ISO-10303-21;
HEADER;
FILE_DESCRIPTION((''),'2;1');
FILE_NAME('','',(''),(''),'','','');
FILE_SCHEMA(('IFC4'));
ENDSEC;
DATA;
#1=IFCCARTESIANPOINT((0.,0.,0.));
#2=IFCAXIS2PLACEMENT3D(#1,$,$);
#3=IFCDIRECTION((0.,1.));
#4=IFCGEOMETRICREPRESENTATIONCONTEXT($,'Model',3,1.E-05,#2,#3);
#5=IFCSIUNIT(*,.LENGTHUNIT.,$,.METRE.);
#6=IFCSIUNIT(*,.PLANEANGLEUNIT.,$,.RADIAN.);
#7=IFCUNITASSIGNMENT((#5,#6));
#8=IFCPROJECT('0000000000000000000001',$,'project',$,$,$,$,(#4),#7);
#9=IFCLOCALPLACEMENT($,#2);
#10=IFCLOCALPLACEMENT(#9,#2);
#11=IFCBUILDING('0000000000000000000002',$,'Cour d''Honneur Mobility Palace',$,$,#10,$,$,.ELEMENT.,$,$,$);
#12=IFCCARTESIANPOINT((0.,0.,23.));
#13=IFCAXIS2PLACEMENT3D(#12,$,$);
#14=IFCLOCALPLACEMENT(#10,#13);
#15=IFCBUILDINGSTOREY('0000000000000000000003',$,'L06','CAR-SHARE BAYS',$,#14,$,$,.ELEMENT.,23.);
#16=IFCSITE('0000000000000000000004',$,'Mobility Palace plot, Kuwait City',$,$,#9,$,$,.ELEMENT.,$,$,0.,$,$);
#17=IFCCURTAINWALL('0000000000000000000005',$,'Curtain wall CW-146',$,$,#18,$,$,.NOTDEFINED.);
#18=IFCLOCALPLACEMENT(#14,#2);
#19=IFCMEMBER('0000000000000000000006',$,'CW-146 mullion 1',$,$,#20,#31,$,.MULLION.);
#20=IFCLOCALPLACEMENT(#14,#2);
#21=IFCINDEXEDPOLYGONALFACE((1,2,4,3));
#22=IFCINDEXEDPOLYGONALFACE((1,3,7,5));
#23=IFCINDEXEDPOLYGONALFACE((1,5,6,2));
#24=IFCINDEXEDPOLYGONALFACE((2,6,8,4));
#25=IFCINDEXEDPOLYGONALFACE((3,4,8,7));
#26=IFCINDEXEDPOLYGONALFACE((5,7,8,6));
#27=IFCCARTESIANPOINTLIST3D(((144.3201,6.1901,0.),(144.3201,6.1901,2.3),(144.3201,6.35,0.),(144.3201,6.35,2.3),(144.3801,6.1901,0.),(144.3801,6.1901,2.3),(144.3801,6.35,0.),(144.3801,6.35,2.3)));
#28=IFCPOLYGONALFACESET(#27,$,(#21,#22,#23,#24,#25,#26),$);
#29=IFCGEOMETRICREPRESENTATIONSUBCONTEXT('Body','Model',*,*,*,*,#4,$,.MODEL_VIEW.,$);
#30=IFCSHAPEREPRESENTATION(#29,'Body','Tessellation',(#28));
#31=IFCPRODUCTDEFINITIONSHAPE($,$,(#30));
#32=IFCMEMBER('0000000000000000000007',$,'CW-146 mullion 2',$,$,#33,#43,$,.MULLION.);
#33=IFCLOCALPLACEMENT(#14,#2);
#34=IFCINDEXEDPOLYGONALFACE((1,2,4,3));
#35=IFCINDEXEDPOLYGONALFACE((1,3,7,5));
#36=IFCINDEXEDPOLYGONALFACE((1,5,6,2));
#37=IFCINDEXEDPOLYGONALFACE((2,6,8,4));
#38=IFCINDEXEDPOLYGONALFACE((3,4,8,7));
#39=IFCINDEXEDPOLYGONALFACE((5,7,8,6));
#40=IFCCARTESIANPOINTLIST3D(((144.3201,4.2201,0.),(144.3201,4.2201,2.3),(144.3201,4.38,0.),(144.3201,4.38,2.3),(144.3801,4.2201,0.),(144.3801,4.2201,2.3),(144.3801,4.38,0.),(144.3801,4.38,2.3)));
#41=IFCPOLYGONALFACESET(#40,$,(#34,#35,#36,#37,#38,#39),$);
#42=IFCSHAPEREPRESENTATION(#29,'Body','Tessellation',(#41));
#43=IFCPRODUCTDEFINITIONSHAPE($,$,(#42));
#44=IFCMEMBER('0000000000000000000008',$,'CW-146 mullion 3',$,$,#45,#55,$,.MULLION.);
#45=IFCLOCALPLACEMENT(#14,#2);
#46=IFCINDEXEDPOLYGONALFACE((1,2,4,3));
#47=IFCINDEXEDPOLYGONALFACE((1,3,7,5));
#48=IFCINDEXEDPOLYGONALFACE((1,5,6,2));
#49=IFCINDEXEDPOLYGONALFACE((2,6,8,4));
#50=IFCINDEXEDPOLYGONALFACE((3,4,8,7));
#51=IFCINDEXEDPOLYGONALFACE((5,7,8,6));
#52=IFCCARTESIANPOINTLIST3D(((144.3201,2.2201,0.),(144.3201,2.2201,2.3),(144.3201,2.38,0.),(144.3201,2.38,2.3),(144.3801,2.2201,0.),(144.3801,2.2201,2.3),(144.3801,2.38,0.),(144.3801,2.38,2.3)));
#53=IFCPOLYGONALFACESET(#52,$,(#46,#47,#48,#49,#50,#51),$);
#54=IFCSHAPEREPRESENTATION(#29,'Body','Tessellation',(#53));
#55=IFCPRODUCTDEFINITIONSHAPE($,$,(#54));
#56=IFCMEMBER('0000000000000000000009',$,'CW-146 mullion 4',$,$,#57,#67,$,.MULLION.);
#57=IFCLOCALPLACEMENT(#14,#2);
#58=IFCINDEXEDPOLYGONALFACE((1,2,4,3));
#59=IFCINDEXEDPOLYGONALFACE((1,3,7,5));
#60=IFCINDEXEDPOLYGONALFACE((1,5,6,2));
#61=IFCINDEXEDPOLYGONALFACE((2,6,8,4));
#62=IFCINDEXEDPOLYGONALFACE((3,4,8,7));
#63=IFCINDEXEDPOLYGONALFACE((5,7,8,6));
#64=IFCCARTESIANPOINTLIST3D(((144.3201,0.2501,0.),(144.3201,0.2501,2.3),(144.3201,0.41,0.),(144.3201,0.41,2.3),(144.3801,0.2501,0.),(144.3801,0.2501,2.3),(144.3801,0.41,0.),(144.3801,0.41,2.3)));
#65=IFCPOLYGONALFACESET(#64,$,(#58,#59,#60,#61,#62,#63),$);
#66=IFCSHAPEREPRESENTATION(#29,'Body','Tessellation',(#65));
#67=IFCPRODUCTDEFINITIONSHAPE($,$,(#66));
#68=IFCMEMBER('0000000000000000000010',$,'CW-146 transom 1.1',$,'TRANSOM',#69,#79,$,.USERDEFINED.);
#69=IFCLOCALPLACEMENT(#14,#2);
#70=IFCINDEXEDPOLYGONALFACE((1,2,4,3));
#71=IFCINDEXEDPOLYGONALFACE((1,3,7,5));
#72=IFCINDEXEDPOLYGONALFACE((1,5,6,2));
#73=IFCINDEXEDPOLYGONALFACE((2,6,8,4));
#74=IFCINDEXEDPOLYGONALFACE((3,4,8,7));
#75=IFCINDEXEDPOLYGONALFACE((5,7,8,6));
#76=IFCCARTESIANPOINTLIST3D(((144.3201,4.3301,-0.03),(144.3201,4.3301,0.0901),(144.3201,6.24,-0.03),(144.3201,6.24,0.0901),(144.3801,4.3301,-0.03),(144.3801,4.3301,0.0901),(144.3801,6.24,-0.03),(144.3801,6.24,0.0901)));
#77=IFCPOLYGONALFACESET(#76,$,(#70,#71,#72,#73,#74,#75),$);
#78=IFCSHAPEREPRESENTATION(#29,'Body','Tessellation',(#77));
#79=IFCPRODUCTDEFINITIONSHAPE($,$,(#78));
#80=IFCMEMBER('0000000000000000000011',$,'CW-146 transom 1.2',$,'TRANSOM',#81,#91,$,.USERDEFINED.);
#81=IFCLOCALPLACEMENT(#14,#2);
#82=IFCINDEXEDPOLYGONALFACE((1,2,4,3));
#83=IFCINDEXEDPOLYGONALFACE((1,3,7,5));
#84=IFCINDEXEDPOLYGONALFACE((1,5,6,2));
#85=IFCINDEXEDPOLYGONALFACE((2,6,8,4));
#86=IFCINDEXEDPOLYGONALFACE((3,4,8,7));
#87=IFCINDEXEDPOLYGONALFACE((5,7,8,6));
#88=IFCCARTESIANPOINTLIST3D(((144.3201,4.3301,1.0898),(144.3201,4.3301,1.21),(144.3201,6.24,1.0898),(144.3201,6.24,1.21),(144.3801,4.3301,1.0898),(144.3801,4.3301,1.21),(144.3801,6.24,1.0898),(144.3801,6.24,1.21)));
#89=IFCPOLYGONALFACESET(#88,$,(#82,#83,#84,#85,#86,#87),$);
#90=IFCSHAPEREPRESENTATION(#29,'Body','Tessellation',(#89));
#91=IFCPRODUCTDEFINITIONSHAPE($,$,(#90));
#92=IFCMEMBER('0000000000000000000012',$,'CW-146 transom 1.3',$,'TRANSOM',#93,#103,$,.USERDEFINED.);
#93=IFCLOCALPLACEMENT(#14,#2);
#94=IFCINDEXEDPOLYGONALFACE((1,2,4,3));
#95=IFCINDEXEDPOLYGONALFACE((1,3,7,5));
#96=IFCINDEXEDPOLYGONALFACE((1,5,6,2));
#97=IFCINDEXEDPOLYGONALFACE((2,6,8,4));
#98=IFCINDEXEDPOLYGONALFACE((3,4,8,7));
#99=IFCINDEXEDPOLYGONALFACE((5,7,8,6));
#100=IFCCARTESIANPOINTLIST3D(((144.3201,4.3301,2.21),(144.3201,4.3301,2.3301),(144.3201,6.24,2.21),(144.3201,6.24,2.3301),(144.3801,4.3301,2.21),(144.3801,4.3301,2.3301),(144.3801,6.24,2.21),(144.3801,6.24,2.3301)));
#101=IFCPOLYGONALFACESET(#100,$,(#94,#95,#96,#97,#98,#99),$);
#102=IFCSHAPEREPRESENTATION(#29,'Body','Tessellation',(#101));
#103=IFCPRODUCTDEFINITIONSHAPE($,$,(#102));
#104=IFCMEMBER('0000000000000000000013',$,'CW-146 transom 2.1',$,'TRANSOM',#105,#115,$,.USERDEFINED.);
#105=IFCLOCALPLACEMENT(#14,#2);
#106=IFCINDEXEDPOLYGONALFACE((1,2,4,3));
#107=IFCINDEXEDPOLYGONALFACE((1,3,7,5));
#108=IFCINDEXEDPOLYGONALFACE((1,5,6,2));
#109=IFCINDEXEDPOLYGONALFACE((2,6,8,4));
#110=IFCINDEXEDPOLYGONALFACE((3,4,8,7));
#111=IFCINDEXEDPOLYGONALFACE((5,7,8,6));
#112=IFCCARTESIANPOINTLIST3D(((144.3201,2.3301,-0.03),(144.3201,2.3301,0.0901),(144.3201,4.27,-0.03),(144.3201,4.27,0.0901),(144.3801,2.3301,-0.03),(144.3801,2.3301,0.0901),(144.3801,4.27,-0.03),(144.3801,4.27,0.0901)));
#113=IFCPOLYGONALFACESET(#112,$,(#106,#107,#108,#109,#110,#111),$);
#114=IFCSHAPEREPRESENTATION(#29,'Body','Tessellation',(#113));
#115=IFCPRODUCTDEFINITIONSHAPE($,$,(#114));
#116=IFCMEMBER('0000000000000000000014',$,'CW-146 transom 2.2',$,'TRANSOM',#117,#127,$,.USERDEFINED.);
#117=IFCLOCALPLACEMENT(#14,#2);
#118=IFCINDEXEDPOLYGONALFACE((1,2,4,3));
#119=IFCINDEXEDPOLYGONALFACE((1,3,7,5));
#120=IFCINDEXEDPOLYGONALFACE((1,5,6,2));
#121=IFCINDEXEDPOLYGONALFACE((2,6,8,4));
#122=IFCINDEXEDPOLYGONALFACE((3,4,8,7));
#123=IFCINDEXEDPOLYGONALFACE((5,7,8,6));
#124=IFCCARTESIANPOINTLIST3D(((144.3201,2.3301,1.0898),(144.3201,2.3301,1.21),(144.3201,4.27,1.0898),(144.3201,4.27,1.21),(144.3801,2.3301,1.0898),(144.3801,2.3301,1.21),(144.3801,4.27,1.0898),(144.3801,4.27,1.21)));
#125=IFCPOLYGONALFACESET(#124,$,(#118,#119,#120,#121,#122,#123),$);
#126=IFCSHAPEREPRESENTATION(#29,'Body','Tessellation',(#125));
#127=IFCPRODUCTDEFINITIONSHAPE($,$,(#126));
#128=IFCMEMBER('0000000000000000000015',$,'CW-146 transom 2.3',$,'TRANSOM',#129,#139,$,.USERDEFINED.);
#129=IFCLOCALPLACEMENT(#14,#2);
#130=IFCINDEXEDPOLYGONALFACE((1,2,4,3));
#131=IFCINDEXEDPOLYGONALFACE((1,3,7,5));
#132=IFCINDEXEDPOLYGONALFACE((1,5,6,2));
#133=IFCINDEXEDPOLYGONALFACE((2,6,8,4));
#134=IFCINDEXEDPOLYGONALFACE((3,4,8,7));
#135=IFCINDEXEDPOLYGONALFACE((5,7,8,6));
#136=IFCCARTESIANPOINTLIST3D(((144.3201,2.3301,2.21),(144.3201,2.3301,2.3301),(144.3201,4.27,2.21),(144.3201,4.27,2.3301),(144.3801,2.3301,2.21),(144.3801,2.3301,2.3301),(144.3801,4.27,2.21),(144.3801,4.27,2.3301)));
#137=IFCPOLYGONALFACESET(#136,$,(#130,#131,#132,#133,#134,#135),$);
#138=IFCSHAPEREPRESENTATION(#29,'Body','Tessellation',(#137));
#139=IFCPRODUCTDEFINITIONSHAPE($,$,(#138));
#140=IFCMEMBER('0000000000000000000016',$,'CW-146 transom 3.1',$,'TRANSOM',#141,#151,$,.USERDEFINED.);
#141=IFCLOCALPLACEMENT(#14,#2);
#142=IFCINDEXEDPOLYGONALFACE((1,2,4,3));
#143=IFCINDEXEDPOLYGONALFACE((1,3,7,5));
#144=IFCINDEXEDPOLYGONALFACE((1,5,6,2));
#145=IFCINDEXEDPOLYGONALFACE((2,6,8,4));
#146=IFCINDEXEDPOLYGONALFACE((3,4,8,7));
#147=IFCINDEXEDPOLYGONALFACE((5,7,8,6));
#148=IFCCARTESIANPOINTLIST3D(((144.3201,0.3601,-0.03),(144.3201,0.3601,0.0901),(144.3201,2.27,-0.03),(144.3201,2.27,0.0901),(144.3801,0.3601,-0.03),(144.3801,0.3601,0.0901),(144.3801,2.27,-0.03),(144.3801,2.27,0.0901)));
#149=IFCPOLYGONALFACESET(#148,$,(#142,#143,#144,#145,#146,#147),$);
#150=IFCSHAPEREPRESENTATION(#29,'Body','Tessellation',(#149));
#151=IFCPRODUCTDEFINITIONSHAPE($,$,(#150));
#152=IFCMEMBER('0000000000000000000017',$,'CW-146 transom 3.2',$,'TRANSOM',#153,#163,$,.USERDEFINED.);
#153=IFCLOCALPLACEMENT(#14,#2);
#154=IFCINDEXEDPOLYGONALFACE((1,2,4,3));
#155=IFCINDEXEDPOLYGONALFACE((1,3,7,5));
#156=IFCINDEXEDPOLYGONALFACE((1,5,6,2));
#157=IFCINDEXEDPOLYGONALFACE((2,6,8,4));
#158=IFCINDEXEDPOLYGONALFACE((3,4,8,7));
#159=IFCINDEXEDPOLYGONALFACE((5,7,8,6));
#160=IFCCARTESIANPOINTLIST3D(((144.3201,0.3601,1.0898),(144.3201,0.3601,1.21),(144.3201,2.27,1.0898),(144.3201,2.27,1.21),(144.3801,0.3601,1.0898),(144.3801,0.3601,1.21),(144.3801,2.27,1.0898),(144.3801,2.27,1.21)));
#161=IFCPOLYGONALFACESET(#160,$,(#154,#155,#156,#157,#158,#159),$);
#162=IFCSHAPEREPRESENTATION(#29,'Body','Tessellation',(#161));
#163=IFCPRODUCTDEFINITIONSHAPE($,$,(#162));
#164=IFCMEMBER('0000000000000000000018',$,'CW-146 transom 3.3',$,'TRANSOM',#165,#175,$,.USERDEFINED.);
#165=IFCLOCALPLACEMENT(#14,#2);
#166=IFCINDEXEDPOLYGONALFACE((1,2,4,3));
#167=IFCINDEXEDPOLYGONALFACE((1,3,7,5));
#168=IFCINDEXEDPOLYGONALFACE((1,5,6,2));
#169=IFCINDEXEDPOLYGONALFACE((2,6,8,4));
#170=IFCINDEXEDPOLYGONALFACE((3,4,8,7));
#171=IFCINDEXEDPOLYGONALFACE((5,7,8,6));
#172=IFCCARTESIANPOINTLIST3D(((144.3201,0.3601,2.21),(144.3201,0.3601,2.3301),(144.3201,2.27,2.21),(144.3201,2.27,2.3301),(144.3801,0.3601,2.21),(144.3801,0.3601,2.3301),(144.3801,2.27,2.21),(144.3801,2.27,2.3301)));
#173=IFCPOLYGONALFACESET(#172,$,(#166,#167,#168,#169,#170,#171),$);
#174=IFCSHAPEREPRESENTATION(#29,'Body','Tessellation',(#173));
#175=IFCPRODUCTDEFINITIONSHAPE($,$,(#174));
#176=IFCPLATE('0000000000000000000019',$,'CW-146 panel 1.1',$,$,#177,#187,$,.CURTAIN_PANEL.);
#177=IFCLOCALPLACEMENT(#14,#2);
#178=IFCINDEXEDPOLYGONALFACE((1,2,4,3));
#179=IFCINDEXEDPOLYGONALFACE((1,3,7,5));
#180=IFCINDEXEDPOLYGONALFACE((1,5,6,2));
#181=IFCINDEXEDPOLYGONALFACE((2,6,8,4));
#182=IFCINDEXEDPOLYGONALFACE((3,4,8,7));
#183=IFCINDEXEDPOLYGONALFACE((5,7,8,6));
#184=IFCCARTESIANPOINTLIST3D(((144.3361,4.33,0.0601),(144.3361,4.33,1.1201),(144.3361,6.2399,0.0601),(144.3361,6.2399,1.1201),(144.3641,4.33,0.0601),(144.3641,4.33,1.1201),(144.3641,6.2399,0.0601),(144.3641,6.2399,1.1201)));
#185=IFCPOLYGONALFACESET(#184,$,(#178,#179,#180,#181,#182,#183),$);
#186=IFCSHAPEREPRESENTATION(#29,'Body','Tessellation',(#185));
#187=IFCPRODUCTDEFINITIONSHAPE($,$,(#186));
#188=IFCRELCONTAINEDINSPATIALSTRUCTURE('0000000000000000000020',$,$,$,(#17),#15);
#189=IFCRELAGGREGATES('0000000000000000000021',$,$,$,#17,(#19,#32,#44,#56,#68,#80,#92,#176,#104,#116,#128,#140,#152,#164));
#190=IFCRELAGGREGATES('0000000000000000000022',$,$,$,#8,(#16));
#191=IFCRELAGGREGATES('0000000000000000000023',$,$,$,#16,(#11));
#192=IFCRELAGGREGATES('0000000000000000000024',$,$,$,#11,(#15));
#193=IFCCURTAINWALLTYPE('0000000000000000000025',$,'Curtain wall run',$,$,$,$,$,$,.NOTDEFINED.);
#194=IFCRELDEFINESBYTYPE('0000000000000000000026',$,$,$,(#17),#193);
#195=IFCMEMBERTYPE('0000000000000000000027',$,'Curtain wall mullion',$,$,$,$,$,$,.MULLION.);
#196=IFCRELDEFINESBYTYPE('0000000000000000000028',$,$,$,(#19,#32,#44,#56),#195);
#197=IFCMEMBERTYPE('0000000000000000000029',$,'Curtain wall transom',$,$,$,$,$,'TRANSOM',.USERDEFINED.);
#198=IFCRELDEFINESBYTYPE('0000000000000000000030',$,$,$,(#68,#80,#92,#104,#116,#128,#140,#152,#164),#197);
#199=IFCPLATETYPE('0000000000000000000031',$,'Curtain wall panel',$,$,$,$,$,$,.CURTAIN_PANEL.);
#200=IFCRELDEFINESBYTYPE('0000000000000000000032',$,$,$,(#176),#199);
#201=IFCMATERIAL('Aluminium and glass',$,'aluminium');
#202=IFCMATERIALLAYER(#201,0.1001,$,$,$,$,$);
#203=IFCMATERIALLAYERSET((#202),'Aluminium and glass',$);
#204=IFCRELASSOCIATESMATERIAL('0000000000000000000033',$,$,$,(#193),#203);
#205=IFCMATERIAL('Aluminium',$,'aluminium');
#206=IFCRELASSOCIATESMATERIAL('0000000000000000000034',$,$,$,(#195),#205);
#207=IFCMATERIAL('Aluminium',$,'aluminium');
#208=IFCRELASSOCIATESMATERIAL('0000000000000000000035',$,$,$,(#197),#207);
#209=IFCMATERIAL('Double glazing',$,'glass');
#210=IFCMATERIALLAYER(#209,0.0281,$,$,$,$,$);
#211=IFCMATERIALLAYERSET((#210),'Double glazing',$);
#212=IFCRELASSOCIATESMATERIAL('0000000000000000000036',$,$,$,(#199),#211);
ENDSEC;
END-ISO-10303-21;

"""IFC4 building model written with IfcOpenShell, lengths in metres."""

from ifc_helpers import new_model, si_unit, direction, frame, origin, origin_2d, place, context, subcontext, project, spatial, rectangle, extrude, material, layer, layer_set, material_profile, profile_set, type_object, element, aggregate, save


model = new_model("IFC4")

# Units and contexts
model_context = context("Model", 3, precision=1e-05, world=origin(), true_north=direction((0.0, 1.0)))
body_context = subcontext(model_context, "Body", "Model", "MODEL_VIEW")
ifc_project = project(units=[si_unit("LENGTHUNIT", "METRE"), si_unit("PLANEANGLEUNIT", "RADIAN")], contexts=[model_context])

# Site, building, storey
site_placement = place(None, origin())
site = spatial("IfcSite", under=ifc_project, at=site_placement, Name="Mobility Palace plot, Kuwait City", CompositionType="ELEMENT", RefElevation=0.0)
building_placement = place(site_placement, origin())
building = spatial("IfcBuilding", under=site, at=building_placement, Name="Cour d'Honneur Mobility Palace", CompositionType="ELEMENT")
storey_placement = place(building_placement, frame((0.0, 0.0, 23.0)))
storey = spatial("IfcBuildingStorey", under=building, at=storey_placement, Name="L06", Description="CAR-SHARE BAYS", CompositionType="ELEMENT", Elevation=23.0)

# Curtain wall, members, plate
ifc_material_1 = material(Name="Aluminium and glass", Category="aluminium")
ifc_layer_1 = layer(ifc_material_1, 0.1001)
ifc_layer_set_1 = layer_set([ifc_layer_1], Name="Aluminium and glass")
curtain_wall_type = type_object("IfcCurtainWallType", Name="Curtain wall run", PredefinedType="NOTDEFINED", material=ifc_layer_set_1)
curtain_wall_placement = place(storey_placement, origin())
curtain_wall = element("IfcCurtainWall", 1, at=curtain_wall_placement, inside=storey, type_object=curtain_wall_type, Name="Curtain wall CW-146", PredefinedType="NOTDEFINED")
ifc_material_2 = material(Name="Aluminium", Category="aluminium")
ifc_material_profile_1 = material_profile(ifc_material_2, rectangle(XDim=0.0601, YDim=0.1599, at=origin_2d()), Name="Curtain wall mullion")
ifc_profile_set_1 = profile_set([ifc_material_profile_1], Name="Aluminium")
member_type_1 = type_object("IfcMemberType", Name="Curtain wall mullion", PredefinedType="MULLION", material=ifc_profile_set_1)
member_1_placement = place(storey_placement, frame((144.3501, 6.27, 0.0), z_axis=(0.0, 0.0, 1.0), x_axis=(1.0, 0.0, 0.0)))
member_1 = element("IfcMember", 2, at=member_1_placement, type_object=member_type_1, Name="CW-146 mullion 1", PredefinedType="MULLION", context=body_context, shape_type="SweptSolid", body=[
    extrude(rectangle(XDim=0.0601, YDim=0.1599, at=origin_2d()), origin(), (0.0, 0.0, 1.0), 2.3),
])
member_2_placement = place(storey_placement, frame((144.3501, 4.3, 0.0), z_axis=(0.0, 0.0, 1.0), x_axis=(1.0, 0.0, 0.0)))
member_2 = element("IfcMember", 3, at=member_2_placement, type_object=member_type_1, Name="CW-146 mullion 2", PredefinedType="MULLION", context=body_context, shape_type="SweptSolid", body=[
    extrude(rectangle(XDim=0.0601, YDim=0.1599, at=origin_2d()), origin(), (0.0, 0.0, 1.0), 2.3),
])
member_3_placement = place(storey_placement, frame((144.3501, 2.3, 0.0), z_axis=(0.0, 0.0, 1.0), x_axis=(1.0, 0.0, 0.0)))
member_3 = element("IfcMember", 4, at=member_3_placement, type_object=member_type_1, Name="CW-146 mullion 3", PredefinedType="MULLION", context=body_context, shape_type="SweptSolid", body=[
    extrude(rectangle(XDim=0.0601, YDim=0.1599, at=origin_2d()), origin(), (0.0, 0.0, 1.0), 2.3),
])
member_4_placement = place(storey_placement, frame((144.3501, 0.3301, 0.0), z_axis=(0.0, 0.0, 1.0), x_axis=(1.0, 0.0, 0.0)))
member_4 = element("IfcMember", 5, at=member_4_placement, type_object=member_type_1, Name="CW-146 mullion 4", PredefinedType="MULLION", context=body_context, shape_type="SweptSolid", body=[
    extrude(rectangle(XDim=0.0601, YDim=0.1599, at=origin_2d()), origin(), (0.0, 0.0, 1.0), 2.3),
])
ifc_material_3 = material(Name="Aluminium", Category="aluminium")
ifc_material_profile_2 = material_profile(ifc_material_3, rectangle(XDim=0.0601, YDim=0.1201, at=origin_2d()), Name="Curtain wall transom")
ifc_profile_set_2 = profile_set([ifc_material_profile_2], Name="Aluminium")
member_type_2 = type_object("IfcMemberType", Name="Curtain wall transom", ElementType="TRANSOM", PredefinedType="USERDEFINED", material=ifc_profile_set_2)
member_5_placement = place(storey_placement, frame((144.3501, 6.24, 0.03), z_axis=(0.0, -1.0, 0.0), x_axis=(1.0, 0.0, 0.0)))
member_5 = element("IfcMember", 6, at=member_5_placement, type_object=member_type_2, Name="CW-146 transom 1.1", ObjectType="TRANSOM", PredefinedType="USERDEFINED", context=body_context, shape_type="SweptSolid", body=[
    extrude(rectangle(XDim=0.0601, YDim=0.1201, at=origin_2d()), origin(), (0.0, 0.0, 1.0), 1.9099),
])
member_6_placement = place(storey_placement, frame((144.3501, 6.24, 1.1499), z_axis=(0.0, -1.0, 0.0), x_axis=(1.0, 0.0, 0.0)))
member_6 = element("IfcMember", 7, at=member_6_placement, type_object=member_type_2, Name="CW-146 transom 1.2", ObjectType="TRANSOM", PredefinedType="USERDEFINED", context=body_context, shape_type="SweptSolid", body=[
    extrude(rectangle(XDim=0.0601, YDim=0.1201, at=origin_2d()), origin(), (0.0, 0.0, 1.0), 1.9099),
])
member_7_placement = place(storey_placement, frame((144.3501, 6.24, 2.27), z_axis=(0.0, -1.0, 0.0), x_axis=(1.0, 0.0, 0.0)))
member_7 = element("IfcMember", 8, at=member_7_placement, type_object=member_type_2, Name="CW-146 transom 1.3", ObjectType="TRANSOM", PredefinedType="USERDEFINED", context=body_context, shape_type="SweptSolid", body=[
    extrude(rectangle(XDim=0.0601, YDim=0.1201, at=origin_2d()), origin(), (0.0, 0.0, 1.0), 1.9099),
])
member_8_placement = place(storey_placement, frame((144.3501, 4.27, 0.03), z_axis=(0.0, -1.0, 0.0), x_axis=(1.0, 0.0, 0.0)))
member_8 = element("IfcMember", 9, at=member_8_placement, type_object=member_type_2, Name="CW-146 transom 2.1", ObjectType="TRANSOM", PredefinedType="USERDEFINED", context=body_context, shape_type="SweptSolid", body=[
    extrude(rectangle(XDim=0.0601, YDim=0.1201, at=origin_2d()), origin(), (0.0, 0.0, 1.0), 1.9399),
])
member_9_placement = place(storey_placement, frame((144.3501, 4.27, 1.1499), z_axis=(0.0, -1.0, 0.0), x_axis=(1.0, 0.0, 0.0)))
member_9 = element("IfcMember", 10, at=member_9_placement, type_object=member_type_2, Name="CW-146 transom 2.2", ObjectType="TRANSOM", PredefinedType="USERDEFINED", context=body_context, shape_type="SweptSolid", body=[
    extrude(rectangle(XDim=0.0601, YDim=0.1201, at=origin_2d()), origin(), (0.0, 0.0, 1.0), 1.9399),
])
member_10_placement = place(storey_placement, frame((144.3501, 4.27, 2.27), z_axis=(0.0, -1.0, 0.0), x_axis=(1.0, 0.0, 0.0)))
member_10 = element("IfcMember", 11, at=member_10_placement, type_object=member_type_2, Name="CW-146 transom 2.3", ObjectType="TRANSOM", PredefinedType="USERDEFINED", context=body_context, shape_type="SweptSolid", body=[
    extrude(rectangle(XDim=0.0601, YDim=0.1201, at=origin_2d()), origin(), (0.0, 0.0, 1.0), 1.9399),
])
member_11_placement = place(storey_placement, frame((144.3501, 2.27, 0.03), z_axis=(0.0, -1.0, 0.0), x_axis=(1.0, 0.0, 0.0)))
member_11 = element("IfcMember", 12, at=member_11_placement, type_object=member_type_2, Name="CW-146 transom 3.1", ObjectType="TRANSOM", PredefinedType="USERDEFINED", context=body_context, shape_type="SweptSolid", body=[
    extrude(rectangle(XDim=0.0601, YDim=0.1201, at=origin_2d()), origin(), (0.0, 0.0, 1.0), 1.9099),
])
member_12_placement = place(storey_placement, frame((144.3501, 2.27, 1.1499), z_axis=(0.0, -1.0, 0.0), x_axis=(1.0, 0.0, 0.0)))
member_12 = element("IfcMember", 13, at=member_12_placement, type_object=member_type_2, Name="CW-146 transom 3.2", ObjectType="TRANSOM", PredefinedType="USERDEFINED", context=body_context, shape_type="SweptSolid", body=[
    extrude(rectangle(XDim=0.0601, YDim=0.1201, at=origin_2d()), origin(), (0.0, 0.0, 1.0), 1.9099),
])
member_13_placement = place(storey_placement, frame((144.3501, 2.27, 2.27), z_axis=(0.0, -1.0, 0.0), x_axis=(1.0, 0.0, 0.0)))
member_13 = element("IfcMember", 14, at=member_13_placement, type_object=member_type_2, Name="CW-146 transom 3.3", ObjectType="TRANSOM", PredefinedType="USERDEFINED", context=body_context, shape_type="SweptSolid", body=[
    extrude(rectangle(XDim=0.0601, YDim=0.1201, at=origin_2d()), origin(), (0.0, 0.0, 1.0), 1.9099),
])
ifc_material_4 = material(Name="Double glazing", Category="glass")
ifc_layer_2 = layer(ifc_material_4, 0.0281)
ifc_layer_set_2 = layer_set([ifc_layer_2], Name="Double glazing")
plate_type = type_object("IfcPlateType", Name="Curtain wall panel", PredefinedType="CURTAIN_PANEL", material=ifc_layer_set_2)
plate_1_placement = place(storey_placement, frame((144.3501, 5.2849, 0.0601), z_axis=(0.0, 0.0, 1.0), x_axis=(0.0, -1.0, 0.0)))
plate_1 = element("IfcPlate", 15, at=plate_1_placement, type_object=plate_type, Name="CW-146 panel 1.1", PredefinedType="CURTAIN_PANEL", context=body_context, shape_type="SweptSolid", body=[
    extrude(rectangle(XDim=1.9099, YDim=0.0281, at=origin_2d()), origin(), (0.0, 0.0, 1.0), 1.0601),
])
aggregate(curtain_wall, [member_1, member_2, member_3, member_4, member_5, member_6, member_7, plate_1, member_8, member_9, member_10, member_11, member_12, member_13])

save(model, "model.ifc")
